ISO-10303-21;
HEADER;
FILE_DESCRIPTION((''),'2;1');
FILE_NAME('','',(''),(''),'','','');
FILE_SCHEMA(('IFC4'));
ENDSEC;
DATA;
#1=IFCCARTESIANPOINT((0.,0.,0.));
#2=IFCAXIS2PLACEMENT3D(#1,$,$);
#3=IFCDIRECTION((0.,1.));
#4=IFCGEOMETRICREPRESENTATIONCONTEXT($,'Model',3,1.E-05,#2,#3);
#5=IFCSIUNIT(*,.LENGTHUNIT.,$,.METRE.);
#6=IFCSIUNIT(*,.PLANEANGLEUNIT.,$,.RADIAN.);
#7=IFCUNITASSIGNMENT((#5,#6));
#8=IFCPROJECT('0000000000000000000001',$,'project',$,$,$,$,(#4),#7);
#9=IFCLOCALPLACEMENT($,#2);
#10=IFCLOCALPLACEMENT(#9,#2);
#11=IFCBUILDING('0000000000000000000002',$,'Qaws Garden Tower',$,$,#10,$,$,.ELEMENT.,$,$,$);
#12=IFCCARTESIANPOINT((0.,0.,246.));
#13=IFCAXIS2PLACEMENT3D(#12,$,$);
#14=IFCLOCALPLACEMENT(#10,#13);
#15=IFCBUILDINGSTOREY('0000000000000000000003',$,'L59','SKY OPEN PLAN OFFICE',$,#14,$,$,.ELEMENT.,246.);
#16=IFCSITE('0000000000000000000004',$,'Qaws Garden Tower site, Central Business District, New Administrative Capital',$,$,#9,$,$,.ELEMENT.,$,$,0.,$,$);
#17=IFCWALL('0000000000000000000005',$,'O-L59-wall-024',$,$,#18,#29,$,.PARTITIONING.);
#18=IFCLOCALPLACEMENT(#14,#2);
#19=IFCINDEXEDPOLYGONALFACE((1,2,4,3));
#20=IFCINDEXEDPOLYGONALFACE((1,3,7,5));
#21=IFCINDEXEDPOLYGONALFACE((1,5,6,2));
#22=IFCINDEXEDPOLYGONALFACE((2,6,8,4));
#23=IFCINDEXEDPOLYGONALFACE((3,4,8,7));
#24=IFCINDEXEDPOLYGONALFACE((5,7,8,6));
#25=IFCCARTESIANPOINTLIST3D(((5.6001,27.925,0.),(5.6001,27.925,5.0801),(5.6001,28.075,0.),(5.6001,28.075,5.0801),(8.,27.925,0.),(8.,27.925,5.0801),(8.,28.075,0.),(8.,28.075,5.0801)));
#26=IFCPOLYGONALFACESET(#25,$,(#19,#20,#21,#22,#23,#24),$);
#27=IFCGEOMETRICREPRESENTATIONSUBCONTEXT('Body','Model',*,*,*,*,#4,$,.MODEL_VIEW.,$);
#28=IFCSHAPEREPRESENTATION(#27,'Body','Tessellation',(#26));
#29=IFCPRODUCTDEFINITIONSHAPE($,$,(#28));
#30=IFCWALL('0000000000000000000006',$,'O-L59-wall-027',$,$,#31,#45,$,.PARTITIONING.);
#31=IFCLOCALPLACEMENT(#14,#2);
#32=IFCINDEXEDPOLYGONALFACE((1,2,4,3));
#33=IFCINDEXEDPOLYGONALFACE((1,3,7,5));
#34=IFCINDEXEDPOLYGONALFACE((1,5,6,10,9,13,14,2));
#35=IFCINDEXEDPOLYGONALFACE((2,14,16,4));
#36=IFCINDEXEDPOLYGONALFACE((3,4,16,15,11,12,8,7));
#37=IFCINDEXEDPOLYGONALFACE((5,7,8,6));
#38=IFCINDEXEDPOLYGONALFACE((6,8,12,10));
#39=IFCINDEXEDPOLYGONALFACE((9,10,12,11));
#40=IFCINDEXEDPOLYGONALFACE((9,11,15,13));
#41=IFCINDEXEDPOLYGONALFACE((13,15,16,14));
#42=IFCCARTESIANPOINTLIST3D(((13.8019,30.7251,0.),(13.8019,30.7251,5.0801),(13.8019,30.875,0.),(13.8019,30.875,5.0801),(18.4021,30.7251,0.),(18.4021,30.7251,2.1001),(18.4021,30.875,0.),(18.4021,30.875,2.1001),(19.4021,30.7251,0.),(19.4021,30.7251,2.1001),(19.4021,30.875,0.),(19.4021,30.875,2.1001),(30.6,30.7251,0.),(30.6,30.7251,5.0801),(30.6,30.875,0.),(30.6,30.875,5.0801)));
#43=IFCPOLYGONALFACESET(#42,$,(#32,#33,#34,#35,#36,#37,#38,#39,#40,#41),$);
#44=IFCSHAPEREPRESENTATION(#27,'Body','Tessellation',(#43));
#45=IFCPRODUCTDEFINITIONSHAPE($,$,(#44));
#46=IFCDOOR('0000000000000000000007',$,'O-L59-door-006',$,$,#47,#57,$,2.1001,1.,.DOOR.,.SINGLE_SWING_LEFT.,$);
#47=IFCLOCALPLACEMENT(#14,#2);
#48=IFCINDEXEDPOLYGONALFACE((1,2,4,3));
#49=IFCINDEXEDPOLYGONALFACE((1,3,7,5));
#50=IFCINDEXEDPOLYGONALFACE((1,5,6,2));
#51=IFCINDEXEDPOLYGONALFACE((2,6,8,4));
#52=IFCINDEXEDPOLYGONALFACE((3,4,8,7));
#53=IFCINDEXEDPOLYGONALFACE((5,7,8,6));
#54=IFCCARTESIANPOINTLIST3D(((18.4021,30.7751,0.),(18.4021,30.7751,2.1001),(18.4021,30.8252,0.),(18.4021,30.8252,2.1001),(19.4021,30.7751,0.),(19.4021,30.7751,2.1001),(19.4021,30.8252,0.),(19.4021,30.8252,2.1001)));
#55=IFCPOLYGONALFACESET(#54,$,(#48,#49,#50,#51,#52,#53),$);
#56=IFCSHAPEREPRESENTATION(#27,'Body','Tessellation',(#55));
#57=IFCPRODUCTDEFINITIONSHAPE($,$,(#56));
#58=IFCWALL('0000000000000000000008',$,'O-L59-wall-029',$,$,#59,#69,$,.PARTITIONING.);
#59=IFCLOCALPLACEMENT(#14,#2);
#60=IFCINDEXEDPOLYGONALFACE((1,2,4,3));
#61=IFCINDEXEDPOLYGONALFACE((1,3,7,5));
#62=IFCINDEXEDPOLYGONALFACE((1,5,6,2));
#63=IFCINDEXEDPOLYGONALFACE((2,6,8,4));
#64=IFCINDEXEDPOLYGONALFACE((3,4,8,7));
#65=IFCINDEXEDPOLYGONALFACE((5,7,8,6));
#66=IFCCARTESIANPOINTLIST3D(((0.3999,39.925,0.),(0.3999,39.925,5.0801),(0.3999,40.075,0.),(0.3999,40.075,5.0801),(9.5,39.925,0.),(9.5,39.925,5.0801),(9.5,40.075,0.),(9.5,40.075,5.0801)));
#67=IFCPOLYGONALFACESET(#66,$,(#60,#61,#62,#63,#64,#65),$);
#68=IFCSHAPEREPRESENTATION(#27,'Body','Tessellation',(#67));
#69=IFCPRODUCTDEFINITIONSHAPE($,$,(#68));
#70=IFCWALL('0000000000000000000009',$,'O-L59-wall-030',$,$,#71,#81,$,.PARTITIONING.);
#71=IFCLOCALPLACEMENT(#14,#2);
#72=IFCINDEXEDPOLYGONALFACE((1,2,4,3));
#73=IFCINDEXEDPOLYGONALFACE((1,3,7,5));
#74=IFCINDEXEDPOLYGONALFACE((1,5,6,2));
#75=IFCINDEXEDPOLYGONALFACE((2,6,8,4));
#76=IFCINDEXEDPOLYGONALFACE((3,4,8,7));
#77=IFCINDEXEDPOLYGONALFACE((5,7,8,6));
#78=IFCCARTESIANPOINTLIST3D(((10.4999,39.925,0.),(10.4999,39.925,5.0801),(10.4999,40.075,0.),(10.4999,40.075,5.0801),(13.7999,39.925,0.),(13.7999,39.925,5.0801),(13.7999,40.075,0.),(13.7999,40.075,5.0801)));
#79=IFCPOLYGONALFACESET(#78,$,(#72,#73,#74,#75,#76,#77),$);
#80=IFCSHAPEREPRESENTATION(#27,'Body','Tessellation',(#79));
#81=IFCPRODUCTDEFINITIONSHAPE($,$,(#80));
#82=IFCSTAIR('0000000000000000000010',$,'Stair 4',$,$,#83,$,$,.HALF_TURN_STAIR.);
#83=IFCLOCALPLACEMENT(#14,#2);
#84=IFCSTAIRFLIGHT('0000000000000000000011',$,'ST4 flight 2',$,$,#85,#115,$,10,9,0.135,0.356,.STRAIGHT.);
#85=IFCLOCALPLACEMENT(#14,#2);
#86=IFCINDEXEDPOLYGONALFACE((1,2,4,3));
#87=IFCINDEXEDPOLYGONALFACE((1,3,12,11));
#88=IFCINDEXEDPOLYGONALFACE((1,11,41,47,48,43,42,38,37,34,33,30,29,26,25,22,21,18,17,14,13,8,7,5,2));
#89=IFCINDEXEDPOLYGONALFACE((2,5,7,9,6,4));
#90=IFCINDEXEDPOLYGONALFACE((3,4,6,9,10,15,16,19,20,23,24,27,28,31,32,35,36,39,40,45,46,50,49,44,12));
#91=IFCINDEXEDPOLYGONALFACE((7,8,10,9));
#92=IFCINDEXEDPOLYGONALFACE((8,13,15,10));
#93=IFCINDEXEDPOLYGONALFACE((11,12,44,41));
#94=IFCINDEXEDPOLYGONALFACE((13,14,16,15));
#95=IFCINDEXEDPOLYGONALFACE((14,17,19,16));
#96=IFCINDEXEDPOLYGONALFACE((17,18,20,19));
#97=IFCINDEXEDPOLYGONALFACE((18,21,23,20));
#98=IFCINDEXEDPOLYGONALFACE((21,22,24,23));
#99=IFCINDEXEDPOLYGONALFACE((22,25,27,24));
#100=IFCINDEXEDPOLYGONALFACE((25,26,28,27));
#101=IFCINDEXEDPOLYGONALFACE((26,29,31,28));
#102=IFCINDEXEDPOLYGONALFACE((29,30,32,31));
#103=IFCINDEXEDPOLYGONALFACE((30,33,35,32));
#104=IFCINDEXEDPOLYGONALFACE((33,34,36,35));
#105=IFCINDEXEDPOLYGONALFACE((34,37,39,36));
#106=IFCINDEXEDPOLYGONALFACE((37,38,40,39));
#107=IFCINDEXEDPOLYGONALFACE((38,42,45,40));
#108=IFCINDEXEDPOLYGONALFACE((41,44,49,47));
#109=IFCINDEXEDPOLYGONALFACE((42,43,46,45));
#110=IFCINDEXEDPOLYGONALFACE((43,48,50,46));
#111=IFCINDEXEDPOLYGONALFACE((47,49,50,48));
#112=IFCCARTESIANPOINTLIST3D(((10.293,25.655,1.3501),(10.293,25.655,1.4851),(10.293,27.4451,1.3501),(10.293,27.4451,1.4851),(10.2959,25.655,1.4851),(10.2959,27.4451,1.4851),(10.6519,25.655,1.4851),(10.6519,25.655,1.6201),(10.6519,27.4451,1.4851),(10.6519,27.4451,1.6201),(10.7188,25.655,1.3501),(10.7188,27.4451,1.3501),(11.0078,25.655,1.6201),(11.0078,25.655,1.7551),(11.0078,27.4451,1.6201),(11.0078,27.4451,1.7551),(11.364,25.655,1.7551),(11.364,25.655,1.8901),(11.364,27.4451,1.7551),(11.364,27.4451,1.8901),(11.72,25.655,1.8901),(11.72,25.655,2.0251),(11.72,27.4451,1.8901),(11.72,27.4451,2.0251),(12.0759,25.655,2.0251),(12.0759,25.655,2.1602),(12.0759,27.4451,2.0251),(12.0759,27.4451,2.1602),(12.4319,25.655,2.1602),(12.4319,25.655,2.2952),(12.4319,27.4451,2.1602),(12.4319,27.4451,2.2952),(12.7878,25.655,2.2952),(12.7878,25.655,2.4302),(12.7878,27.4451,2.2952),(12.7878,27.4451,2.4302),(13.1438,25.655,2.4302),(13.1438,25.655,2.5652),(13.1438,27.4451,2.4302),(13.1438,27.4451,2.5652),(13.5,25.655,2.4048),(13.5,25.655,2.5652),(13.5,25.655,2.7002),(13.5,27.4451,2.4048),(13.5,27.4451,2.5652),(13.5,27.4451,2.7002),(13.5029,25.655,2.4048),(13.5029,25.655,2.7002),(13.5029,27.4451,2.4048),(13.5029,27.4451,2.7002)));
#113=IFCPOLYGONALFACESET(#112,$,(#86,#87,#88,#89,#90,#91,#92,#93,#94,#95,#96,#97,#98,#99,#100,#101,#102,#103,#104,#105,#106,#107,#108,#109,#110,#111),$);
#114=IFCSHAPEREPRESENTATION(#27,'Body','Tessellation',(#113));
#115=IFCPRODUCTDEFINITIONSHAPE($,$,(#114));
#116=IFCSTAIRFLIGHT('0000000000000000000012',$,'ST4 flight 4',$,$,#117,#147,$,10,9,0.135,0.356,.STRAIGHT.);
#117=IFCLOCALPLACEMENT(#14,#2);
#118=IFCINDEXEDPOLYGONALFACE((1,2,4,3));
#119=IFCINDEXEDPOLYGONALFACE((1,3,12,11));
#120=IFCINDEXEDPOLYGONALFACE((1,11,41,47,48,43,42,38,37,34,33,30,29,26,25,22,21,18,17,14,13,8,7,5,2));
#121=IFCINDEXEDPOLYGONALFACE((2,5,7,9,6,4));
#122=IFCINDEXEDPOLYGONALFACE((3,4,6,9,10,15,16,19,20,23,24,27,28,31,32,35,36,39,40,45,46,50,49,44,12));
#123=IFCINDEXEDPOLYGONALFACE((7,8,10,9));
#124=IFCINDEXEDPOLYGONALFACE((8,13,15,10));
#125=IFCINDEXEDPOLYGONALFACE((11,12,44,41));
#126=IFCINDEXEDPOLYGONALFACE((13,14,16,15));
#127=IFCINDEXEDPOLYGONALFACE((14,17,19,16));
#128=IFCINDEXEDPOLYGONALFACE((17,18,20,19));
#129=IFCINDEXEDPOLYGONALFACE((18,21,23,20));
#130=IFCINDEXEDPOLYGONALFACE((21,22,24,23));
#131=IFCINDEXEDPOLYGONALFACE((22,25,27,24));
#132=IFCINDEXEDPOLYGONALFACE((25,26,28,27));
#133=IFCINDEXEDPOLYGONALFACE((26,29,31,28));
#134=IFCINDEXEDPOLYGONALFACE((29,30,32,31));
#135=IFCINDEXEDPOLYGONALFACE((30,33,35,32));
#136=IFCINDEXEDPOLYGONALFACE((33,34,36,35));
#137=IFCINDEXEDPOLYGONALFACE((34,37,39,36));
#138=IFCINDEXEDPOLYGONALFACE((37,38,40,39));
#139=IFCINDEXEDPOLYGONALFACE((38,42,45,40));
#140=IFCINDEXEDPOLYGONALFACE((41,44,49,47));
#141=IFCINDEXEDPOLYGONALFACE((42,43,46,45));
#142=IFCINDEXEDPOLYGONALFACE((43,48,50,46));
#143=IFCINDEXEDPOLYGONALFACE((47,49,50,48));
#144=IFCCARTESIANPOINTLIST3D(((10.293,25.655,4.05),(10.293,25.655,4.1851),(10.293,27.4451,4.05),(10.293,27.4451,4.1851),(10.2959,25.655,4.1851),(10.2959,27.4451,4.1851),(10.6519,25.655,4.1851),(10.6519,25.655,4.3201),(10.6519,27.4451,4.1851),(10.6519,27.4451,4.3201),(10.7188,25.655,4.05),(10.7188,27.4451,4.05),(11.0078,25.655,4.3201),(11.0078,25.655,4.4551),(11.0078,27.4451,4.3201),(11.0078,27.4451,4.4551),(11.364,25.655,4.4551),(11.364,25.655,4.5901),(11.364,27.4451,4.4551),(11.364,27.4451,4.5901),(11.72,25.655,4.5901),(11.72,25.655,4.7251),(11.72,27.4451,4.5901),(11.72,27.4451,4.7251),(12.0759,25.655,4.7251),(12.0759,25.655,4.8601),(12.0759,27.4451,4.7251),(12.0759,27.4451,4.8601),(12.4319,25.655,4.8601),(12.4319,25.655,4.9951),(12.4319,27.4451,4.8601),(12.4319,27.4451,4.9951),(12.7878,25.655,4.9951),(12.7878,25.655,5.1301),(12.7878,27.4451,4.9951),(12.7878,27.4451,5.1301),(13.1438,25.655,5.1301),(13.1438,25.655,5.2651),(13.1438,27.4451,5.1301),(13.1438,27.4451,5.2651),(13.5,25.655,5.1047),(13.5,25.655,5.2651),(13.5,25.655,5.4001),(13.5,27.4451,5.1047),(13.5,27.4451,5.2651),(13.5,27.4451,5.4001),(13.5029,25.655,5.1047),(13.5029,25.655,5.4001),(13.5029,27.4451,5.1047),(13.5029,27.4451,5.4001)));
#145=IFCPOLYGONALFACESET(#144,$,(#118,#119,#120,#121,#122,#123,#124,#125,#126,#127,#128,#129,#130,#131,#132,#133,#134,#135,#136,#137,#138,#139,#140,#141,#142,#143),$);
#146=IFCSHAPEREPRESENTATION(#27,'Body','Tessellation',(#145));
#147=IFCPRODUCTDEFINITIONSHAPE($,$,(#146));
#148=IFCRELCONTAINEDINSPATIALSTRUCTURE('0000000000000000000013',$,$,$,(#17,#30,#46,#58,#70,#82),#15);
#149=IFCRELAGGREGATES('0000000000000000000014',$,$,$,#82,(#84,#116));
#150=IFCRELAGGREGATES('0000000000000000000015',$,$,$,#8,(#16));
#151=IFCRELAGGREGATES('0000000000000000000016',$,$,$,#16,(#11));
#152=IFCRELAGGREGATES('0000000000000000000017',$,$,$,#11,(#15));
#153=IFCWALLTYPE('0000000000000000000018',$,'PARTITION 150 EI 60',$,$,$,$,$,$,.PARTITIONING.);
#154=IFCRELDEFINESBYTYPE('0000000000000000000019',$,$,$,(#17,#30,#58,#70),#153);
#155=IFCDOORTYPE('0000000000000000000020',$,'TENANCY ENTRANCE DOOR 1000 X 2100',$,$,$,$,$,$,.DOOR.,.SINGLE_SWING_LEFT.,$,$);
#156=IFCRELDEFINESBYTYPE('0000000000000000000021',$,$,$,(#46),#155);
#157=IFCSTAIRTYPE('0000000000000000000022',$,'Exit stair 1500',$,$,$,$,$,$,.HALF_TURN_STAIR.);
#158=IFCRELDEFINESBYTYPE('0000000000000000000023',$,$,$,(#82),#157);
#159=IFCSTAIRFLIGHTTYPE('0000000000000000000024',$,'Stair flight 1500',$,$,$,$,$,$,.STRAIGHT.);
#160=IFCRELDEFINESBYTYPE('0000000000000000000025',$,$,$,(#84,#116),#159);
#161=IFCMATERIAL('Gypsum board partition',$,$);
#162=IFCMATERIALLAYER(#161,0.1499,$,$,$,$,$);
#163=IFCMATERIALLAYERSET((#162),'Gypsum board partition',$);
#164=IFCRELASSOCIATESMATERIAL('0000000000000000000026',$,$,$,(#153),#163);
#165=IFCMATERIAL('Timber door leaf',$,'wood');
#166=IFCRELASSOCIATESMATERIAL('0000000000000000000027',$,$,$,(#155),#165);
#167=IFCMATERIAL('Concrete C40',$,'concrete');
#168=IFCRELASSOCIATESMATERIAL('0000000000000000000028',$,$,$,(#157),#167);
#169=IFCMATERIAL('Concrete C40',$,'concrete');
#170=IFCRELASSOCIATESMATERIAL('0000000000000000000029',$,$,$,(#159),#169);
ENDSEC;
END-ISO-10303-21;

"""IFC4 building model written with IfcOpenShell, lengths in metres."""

from ifc_helpers import new_model, si_unit, direction, frame, frame_2d, origin, place, context, subcontext, project, spatial, polyline, rectangle, outline, extrude, material, layer, layer_set, type_object, element, fill, aggregate, save


model = new_model("IFC4")

# Units and contexts
model_context = context("Model", 3, precision=1e-05, world=origin(), true_north=direction((0.0, 1.0)))
body_context = subcontext(model_context, "Body", "Model", "MODEL_VIEW")
ifc_project = project(units=[si_unit("LENGTHUNIT", "METRE"), si_unit("PLANEANGLEUNIT", "RADIAN")], contexts=[model_context])

# Site, building, storey
site_placement = place(None, origin())
site = spatial("IfcSite", under=ifc_project, at=site_placement, Name="Qaws Garden Tower site, Central Business District, New Administrative Capital", CompositionType="ELEMENT", RefElevation=0.0)
building_placement = place(site_placement, origin())
building = spatial("IfcBuilding", under=site, at=building_placement, Name="Qaws Garden Tower", CompositionType="ELEMENT")
storey_placement = place(building_placement, frame((0.0, 0.0, 246.0)))
storey = spatial("IfcBuildingStorey", under=building, at=storey_placement, Name="L59", Description="SKY OPEN PLAN OFFICE", CompositionType="ELEMENT", Elevation=246.0)

# Shared definitions
ifc_material_1 = material(Name="Gypsum board partition")
ifc_layer_1 = layer(ifc_material_1, 0.1499)
ifc_layer_set_1 = layer_set([ifc_layer_1], Name="Gypsum board partition")
wall_type_1 = type_object("IfcWallType", Name="PARTITION 150 EI 60", PredefinedType="PARTITIONING", material=ifc_layer_set_1)

# Wall
wall_1_placement = place(storey_placement, frame((5.6001, 28.0, 0.0), z_axis=(0.0, 0.0, 1.0), x_axis=(1.0, 0.0, 0.0)))
element("IfcWall", 1, at=wall_1_placement, inside=storey, type_object=wall_type_1, Name="O-L59-wall-024", PredefinedType="PARTITIONING", context=body_context, shape_type="SweptSolid", body=[
    extrude(rectangle(XDim=2.3999, YDim=0.1499, at=frame_2d((1.2, 0.0))), origin(), (0.0, 0.0, 1.0), 5.0801),
])

# Wall, opening, door
wall_2_placement = place(storey_placement, frame((13.802, 30.8, 0.0), z_axis=(0.0, 0.0, 1.0), x_axis=(1.0, 0.0, 0.0)))
wall_2 = element("IfcWall", 2, at=wall_2_placement, inside=storey, type_object=wall_type_1, Name="O-L59-wall-027", PredefinedType="PARTITIONING", context=body_context, shape_type="SweptSolid", body=[
    extrude(rectangle(XDim=16.7981, YDim=0.1499, at=frame_2d((8.3989, 0.0))), origin(), (0.0, 0.0, 1.0), 5.0801),
])
opening_1_placement = place(wall_2_placement, frame((4.6001, 0.0, 0.0)))
opening_1 = element("IfcOpeningElement", 3, at=opening_1_placement, cuts=wall_2, PredefinedType="OPENING", context=body_context, shape_type="SweptSolid", body=[
    extrude(rectangle(XDim=1.0, YDim=2.1001, at=frame_2d((0.5, 1.05))), frame((0.0, 0.085, 0.0), z_axis=(0.0, -1.0, 0.0), x_axis=(1.0, 0.0, 0.0)), (0.0, 0.0, 1.0), 0.1699),
])
ifc_material_2 = material(Name="Timber door leaf", Category="wood")
door_type_1 = type_object("IfcDoorType", Name="TENANCY ENTRANCE DOOR 1000 X 2100", OperationType="SINGLE_SWING_LEFT", PredefinedType="DOOR", material=ifc_material_2)
door_1_placement = place(opening_1_placement, frame((1.0, 0.0, 0.0), z_axis=(0.0, 0.0, 1.0), x_axis=(-1.0, 0.0, 0.0)))
door_1 = element("IfcDoor", 4, at=door_1_placement, inside=storey, type_object=door_type_1, Name="O-L59-door-006", OperationType="SINGLE_SWING_LEFT", OverallHeight=2.1001, OverallWidth=1.0, PredefinedType="DOOR", context=body_context, shape_type="SweptSolid", body=[
    extrude(rectangle(XDim=1.0, YDim=2.1001, at=frame_2d((0.5, 1.05))), frame((0.0, 0.0249, 0.0), z_axis=(0.0, -1.0, 0.0), x_axis=(1.0, 0.0, 0.0)), (0.0, 0.0, 1.0), 0.05),
])
fill(opening_1, door_1)

# Walls
wall_3_placement = place(storey_placement, frame((0.3999, 40.0, 0.0), z_axis=(0.0, 0.0, 1.0), x_axis=(1.0, 0.0, 0.0)))
element("IfcWall", 5, at=wall_3_placement, inside=storey, type_object=wall_type_1, Name="O-L59-wall-029", PredefinedType="PARTITIONING", context=body_context, shape_type="SweptSolid", body=[
    extrude(rectangle(XDim=9.1001, YDim=0.1499, at=frame_2d((4.55, 0.0))), origin(), (0.0, 0.0, 1.0), 5.0801),
])
wall_4_placement = place(storey_placement, frame((10.5, 40.0, 0.0), z_axis=(0.0, 0.0, 1.0), x_axis=(1.0, 0.0, 0.0)))
element("IfcWall", 6, at=wall_4_placement, inside=storey, type_object=wall_type_1, Name="O-L59-wall-030", PredefinedType="PARTITIONING", context=body_context, shape_type="SweptSolid", body=[
    extrude(rectangle(XDim=3.3, YDim=0.1499, at=frame_2d((1.6499, 0.0))), origin(), (0.0, 0.0, 1.0), 5.0801),
])

# Stair, stair flights
ifc_material_3 = material(Name="Concrete C40", Category="concrete")
stair_type = type_object("IfcStairType", Name="Exit stair 1500", PredefinedType="HALF_TURN_STAIR", material=ifc_material_3)
stair_placement = place(storey_placement, origin())
stair = element("IfcStair", 7, at=stair_placement, inside=storey, type_object=stair_type, Name="Stair 4", PredefinedType="HALF_TURN_STAIR")
ifc_material_4 = material(Name="Concrete C40", Category="concrete")
stair_flight_type = type_object("IfcStairFlightType", Name="Stair flight 1500", PredefinedType="STRAIGHT", material=ifc_material_4)
stair_flight_1_placement = place(storey_placement, frame((10.2959, 26.55, 1.3501), z_axis=(0.0, 0.0, 1.0), x_axis=(1.0, 0.0, 0.0)))
stair_flight_1 = element("IfcStairFlight", 8, at=stair_flight_1_placement, type_object=stair_flight_type, Name="ST4 flight 2", NumberOfRisers=10, NumberOfTreads=9, PredefinedType="STRAIGHT", RiserHeight=0.135, TreadLength=0.356, context=body_context, shape_type="SweptSolid", body=[
    extrude(outline(polyline([(-0.0029, 0.0), (-0.0029, 0.135), (0.0, 0.135), (0.356, 0.135), (0.356, 0.27), (0.7119, 0.27), (0.7119, 0.405), (1.0681, 0.405), (1.0681, 0.54), (1.4241, 0.54), (1.4241, 0.675), (1.78, 0.675), (1.78, 0.8101), (2.136, 0.8101), (2.136, 0.9451), (2.4919, 0.9451), (2.4919, 1.0801), (2.8479, 1.0801), (2.8479, 1.2151), (3.2041, 1.2151), (3.2041, 1.3501), (3.207, 1.3501), (3.207, 1.0547), (3.2041, 1.0547), (0.4229, 0.0), (-0.0029, 0.0)])), frame((0.0, 0.895, 0.0), z_axis=(0.0, -1.0, 0.0), x_axis=(1.0, 0.0, 0.0)), (0.0, 0.0, 1.0), 1.79),
])
stair_flight_2_placement = place(storey_placement, frame((10.2959, 26.55, 4.05), z_axis=(0.0, 0.0, 1.0), x_axis=(1.0, 0.0, 0.0)))
stair_flight_2 = element("IfcStairFlight", 9, at=stair_flight_2_placement, type_object=stair_flight_type, Name="ST4 flight 4", NumberOfRisers=10, NumberOfTreads=9, PredefinedType="STRAIGHT", RiserHeight=0.135, TreadLength=0.356, context=body_context, shape_type="SweptSolid", body=[
    extrude(outline(polyline([(-0.0029, 0.0), (-0.0029, 0.135), (0.0, 0.135), (0.356, 0.135), (0.356, 0.27), (0.7119, 0.27), (0.7119, 0.405), (1.0681, 0.405), (1.0681, 0.54), (1.4241, 0.54), (1.4241, 0.675), (1.78, 0.675), (1.78, 0.8101), (2.136, 0.8101), (2.136, 0.9451), (2.4919, 0.9451), (2.4919, 1.0801), (2.8479, 1.0801), (2.8479, 1.2151), (3.2041, 1.2151), (3.2041, 1.3501), (3.207, 1.3501), (3.207, 1.0547), (3.2041, 1.0547), (0.4229, 0.0), (-0.0029, 0.0)])), frame((0.0, 0.895, 0.0), z_axis=(0.0, -1.0, 0.0), x_axis=(1.0, 0.0, 0.0)), (0.0, 0.0, 1.0), 1.79),
])
aggregate(stair, [stair_flight_1, stair_flight_2])

save(model, "model.ifc")
